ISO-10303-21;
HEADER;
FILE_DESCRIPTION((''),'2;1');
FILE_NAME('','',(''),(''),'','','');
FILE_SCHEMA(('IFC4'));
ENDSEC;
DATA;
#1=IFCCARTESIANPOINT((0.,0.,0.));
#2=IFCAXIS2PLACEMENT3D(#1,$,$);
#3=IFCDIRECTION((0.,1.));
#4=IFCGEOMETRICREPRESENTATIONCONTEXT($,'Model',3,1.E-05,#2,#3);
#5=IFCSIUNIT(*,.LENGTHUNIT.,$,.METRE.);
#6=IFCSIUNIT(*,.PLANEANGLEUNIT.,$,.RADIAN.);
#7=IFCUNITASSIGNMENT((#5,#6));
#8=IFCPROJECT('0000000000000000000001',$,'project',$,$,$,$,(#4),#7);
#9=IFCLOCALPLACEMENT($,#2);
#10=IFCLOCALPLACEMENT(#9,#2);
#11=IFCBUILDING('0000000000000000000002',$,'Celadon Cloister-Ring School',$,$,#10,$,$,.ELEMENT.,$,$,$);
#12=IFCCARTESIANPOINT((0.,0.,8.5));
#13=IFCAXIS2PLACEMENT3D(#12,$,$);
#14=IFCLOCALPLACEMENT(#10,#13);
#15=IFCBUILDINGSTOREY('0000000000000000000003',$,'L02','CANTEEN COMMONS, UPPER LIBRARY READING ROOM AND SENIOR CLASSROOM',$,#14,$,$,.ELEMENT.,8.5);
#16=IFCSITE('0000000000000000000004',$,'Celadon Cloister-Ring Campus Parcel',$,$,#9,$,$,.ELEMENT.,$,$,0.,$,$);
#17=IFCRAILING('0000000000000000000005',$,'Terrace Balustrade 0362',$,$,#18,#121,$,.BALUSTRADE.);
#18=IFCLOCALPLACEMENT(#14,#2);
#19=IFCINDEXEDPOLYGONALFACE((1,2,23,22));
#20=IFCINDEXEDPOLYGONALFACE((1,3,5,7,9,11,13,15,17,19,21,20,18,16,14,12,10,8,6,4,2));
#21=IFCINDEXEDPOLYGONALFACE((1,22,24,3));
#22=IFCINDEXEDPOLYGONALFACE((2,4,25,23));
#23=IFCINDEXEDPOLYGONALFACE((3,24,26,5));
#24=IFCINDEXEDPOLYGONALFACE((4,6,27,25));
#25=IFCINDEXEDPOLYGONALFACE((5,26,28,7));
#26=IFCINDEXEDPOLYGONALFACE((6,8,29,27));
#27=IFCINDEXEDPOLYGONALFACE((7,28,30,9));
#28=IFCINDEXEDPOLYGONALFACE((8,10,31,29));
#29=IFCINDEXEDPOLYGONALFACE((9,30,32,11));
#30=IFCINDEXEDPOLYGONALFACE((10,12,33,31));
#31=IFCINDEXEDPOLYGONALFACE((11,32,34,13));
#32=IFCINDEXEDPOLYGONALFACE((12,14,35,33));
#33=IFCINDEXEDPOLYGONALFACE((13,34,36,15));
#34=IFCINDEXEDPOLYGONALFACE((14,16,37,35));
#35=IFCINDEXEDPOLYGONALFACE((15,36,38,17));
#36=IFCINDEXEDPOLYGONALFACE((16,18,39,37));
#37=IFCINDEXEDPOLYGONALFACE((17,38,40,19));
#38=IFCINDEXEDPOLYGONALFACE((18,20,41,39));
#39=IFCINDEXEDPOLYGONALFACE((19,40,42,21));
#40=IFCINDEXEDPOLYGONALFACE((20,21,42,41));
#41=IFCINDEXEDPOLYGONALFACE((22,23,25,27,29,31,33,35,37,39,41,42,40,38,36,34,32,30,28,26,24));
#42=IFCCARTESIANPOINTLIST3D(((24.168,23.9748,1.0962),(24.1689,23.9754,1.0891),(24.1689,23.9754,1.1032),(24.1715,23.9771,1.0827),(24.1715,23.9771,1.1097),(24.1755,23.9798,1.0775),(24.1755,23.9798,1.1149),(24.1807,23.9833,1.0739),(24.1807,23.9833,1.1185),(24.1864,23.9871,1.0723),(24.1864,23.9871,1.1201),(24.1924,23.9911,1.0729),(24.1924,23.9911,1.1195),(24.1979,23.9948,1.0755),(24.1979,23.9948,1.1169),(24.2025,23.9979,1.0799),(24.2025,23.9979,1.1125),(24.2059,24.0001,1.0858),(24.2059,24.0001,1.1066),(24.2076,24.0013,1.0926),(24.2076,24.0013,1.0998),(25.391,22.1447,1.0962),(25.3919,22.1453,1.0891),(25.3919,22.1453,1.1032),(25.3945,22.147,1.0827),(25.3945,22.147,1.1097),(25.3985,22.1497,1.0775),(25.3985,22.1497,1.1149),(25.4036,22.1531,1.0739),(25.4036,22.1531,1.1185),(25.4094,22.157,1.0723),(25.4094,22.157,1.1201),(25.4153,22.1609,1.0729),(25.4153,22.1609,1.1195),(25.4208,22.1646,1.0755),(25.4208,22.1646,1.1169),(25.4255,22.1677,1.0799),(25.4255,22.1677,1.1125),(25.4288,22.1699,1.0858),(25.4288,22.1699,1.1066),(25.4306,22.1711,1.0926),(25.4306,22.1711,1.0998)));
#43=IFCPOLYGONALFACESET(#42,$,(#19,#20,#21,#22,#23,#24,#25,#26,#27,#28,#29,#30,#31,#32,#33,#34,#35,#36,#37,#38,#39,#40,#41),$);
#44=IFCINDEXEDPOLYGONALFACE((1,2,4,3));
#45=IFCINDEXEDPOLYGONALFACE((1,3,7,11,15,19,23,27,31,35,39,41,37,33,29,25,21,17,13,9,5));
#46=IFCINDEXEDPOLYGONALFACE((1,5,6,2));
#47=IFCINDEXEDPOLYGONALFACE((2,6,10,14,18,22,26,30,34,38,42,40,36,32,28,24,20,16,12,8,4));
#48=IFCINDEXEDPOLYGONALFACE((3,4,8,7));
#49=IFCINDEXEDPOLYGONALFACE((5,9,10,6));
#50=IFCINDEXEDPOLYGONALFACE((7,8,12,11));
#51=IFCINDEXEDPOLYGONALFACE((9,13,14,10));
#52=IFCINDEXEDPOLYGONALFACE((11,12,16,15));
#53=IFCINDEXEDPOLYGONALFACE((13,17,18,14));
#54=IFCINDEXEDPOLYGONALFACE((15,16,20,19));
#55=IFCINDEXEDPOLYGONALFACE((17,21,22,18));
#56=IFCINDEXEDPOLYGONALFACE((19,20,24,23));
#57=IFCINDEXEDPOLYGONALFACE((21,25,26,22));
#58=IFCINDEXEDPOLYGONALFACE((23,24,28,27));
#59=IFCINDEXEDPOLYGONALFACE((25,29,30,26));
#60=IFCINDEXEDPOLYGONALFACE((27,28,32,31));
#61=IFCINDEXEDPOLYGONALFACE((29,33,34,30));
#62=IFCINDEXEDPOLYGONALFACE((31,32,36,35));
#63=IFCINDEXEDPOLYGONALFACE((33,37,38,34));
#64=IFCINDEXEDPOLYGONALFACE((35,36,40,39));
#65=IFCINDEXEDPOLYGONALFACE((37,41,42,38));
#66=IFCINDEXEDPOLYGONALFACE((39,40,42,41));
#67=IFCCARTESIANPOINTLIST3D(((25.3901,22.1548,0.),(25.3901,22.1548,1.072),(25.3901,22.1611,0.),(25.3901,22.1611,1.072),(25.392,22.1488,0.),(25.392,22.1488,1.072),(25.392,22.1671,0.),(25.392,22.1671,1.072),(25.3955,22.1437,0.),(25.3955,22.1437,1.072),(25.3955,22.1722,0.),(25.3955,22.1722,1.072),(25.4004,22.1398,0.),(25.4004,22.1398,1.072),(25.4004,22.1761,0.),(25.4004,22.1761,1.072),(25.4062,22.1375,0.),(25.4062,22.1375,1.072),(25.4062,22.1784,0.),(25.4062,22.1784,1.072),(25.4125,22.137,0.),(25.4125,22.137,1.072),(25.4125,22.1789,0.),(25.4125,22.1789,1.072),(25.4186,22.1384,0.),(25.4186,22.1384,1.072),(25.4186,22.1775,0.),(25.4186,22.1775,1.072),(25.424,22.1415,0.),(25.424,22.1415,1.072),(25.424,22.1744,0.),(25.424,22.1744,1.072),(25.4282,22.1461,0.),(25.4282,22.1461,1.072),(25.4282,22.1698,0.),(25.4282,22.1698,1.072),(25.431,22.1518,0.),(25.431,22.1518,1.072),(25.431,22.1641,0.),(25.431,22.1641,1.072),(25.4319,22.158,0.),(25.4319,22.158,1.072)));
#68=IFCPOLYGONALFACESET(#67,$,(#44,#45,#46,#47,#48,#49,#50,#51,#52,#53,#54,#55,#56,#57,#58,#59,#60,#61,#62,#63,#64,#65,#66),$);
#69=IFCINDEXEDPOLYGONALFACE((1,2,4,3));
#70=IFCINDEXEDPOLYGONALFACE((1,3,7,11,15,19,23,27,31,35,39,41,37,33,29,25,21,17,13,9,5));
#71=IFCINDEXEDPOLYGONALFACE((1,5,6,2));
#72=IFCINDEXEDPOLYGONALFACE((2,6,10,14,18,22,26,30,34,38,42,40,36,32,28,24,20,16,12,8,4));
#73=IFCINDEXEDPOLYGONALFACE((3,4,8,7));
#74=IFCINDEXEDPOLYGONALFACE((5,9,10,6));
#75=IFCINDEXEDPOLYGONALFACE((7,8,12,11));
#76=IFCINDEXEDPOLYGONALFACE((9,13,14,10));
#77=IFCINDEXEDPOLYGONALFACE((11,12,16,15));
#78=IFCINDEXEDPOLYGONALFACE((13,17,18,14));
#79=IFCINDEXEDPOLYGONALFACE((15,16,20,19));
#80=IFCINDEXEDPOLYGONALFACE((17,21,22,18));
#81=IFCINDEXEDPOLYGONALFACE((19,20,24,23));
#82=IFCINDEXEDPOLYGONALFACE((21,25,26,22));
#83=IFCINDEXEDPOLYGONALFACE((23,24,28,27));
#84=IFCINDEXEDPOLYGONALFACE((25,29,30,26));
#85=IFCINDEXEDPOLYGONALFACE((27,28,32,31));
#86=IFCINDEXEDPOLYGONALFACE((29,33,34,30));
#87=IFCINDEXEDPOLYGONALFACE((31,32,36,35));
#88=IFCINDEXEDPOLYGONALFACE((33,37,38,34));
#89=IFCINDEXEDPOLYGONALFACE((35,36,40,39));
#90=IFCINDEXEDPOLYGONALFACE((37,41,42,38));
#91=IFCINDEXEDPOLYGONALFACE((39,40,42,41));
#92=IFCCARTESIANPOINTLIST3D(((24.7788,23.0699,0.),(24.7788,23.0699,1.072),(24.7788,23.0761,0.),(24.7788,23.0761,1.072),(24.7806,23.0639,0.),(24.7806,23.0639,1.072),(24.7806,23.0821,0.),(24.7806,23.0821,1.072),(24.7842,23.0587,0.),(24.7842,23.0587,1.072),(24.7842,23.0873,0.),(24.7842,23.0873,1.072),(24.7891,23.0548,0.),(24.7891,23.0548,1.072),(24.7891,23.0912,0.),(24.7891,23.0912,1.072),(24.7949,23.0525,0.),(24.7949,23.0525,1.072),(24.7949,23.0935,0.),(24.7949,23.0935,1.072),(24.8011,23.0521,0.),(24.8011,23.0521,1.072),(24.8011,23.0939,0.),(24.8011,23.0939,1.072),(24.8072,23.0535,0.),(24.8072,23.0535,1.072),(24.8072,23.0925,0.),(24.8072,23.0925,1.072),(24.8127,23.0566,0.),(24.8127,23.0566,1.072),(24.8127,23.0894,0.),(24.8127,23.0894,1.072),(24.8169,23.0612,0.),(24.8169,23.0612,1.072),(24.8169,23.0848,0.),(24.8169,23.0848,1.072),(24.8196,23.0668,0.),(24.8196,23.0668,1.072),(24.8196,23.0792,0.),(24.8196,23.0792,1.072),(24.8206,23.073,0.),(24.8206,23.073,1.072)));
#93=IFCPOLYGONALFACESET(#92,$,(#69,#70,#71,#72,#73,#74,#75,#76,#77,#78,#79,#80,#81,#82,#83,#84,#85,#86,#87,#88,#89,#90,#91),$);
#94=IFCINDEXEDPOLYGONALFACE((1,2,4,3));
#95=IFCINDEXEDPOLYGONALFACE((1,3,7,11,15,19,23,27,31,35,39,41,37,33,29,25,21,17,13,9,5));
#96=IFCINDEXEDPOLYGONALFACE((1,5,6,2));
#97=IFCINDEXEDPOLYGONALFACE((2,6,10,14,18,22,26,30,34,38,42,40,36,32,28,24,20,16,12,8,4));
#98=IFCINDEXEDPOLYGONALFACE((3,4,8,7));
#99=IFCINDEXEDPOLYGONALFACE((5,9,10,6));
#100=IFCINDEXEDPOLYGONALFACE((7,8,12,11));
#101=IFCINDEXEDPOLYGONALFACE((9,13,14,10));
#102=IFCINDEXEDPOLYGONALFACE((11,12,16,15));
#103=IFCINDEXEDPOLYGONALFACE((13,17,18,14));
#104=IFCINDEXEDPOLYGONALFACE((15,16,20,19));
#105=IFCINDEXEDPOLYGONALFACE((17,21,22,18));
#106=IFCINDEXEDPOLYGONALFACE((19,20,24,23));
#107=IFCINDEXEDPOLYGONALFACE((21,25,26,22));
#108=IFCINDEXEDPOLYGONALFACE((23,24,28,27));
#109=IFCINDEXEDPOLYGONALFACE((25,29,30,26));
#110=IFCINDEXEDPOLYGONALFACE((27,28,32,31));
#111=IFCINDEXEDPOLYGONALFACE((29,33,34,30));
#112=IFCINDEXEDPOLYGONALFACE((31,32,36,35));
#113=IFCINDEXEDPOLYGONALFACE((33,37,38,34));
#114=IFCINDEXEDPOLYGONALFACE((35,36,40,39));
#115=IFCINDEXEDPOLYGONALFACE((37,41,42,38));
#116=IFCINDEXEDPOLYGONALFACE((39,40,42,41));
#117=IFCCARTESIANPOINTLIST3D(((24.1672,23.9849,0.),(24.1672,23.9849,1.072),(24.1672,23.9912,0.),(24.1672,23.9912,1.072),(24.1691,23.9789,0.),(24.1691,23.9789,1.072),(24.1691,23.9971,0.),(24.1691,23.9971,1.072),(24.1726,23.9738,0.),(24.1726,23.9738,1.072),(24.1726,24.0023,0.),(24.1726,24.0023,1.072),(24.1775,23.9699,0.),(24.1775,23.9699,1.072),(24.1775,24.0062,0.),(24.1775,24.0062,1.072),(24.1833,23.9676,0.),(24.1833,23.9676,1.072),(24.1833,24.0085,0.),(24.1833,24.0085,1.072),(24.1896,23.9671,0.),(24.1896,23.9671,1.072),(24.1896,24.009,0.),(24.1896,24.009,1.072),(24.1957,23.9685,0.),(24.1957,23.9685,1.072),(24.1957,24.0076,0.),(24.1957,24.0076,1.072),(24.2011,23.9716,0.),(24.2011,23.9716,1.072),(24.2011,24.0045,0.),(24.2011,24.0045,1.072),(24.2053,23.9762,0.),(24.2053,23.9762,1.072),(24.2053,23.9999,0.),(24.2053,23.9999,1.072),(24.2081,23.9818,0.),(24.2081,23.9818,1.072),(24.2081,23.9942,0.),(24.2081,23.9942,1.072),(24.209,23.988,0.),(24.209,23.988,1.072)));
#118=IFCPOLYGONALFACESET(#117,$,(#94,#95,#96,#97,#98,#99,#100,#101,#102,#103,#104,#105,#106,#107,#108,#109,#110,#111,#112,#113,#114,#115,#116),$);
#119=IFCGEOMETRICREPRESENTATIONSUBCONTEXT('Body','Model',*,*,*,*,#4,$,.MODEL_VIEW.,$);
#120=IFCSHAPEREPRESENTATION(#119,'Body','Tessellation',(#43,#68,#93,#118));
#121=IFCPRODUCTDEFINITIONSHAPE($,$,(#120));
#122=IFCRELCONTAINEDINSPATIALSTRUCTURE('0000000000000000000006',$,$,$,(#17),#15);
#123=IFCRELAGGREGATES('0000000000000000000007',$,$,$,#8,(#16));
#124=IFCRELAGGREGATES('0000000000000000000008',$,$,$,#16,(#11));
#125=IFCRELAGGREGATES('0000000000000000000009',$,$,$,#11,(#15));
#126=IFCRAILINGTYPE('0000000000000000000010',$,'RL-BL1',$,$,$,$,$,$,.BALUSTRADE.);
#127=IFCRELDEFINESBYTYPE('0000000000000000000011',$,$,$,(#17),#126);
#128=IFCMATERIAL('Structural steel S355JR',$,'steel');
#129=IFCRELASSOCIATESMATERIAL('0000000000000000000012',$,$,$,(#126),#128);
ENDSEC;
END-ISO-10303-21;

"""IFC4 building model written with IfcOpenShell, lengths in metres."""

from ifc_helpers import new_model, si_unit, direction, frame, origin, origin_2d, place, context, subcontext, project, spatial, circle, extrude, material, type_object, element, save


model = new_model("IFC4")

# Units and contexts
model_context = context("Model", 3, precision=1e-05, world=origin(), true_north=direction((0.0, 1.0)))
body_context = subcontext(model_context, "Body", "Model", "MODEL_VIEW")
ifc_project = project(units=[si_unit("LENGTHUNIT", "METRE"), si_unit("PLANEANGLEUNIT", "RADIAN")], contexts=[model_context])

# Site, building, storey
site_placement = place(None, origin())
site = spatial("IfcSite", under=ifc_project, at=site_placement, Name="Celadon Cloister-Ring Campus Parcel", CompositionType="ELEMENT", RefElevation=0.0)
building_placement = place(site_placement, origin())
building = spatial("IfcBuilding", under=site, at=building_placement, Name="Celadon Cloister-Ring School", CompositionType="ELEMENT")
storey_placement = place(building_placement, frame((0.0, 0.0, 8.5)))
storey = spatial("IfcBuildingStorey", under=building, at=storey_placement, Name="L02", Description="CANTEEN COMMONS, UPPER LIBRARY READING ROOM AND SENIOR CLASSROOM", CompositionType="ELEMENT", Elevation=8.5)

# Railing
ifc_material_1 = material(Name="Structural steel S355JR", Category="steel")
railing_type = type_object("IfcRailingType", Name="RL-BL1", PredefinedType="BALUSTRADE", material=ifc_material_1)
railing_1_placement = place(storey_placement, frame((25.4109, 22.158, 0.0)))
element("IfcRailing", 1, at=railing_1_placement, inside=storey, type_object=railing_type, Name="Terrace Balustrade 0362", PredefinedType="BALUSTRADE", context=body_context, shape_type="SweptSolid", body=[
    extrude(circle(Radius=0.0239, at=origin_2d()), frame((0.0, 0.0, 1.0962), z_axis=(-0.555596, 0.831453, 0.0), x_axis=(-0.831453, -0.555596, 0.0)), (0.0, 0.0, 1.0), 2.2012),
    extrude(circle(Radius=0.021, at=origin_2d()), origin(), (0.0, 0.0, 1.0), 1.072),
    extrude(circle(Radius=0.021, at=origin_2d()), frame((-0.6113, 0.915, 0.0)), (0.0, 0.0, 1.0), 1.072),
    extrude(circle(Radius=0.021, at=origin_2d()), frame((-1.2229, 1.8301, 0.0)), (0.0, 0.0, 1.0), 1.072),
])

save(model, "model.ifc")
